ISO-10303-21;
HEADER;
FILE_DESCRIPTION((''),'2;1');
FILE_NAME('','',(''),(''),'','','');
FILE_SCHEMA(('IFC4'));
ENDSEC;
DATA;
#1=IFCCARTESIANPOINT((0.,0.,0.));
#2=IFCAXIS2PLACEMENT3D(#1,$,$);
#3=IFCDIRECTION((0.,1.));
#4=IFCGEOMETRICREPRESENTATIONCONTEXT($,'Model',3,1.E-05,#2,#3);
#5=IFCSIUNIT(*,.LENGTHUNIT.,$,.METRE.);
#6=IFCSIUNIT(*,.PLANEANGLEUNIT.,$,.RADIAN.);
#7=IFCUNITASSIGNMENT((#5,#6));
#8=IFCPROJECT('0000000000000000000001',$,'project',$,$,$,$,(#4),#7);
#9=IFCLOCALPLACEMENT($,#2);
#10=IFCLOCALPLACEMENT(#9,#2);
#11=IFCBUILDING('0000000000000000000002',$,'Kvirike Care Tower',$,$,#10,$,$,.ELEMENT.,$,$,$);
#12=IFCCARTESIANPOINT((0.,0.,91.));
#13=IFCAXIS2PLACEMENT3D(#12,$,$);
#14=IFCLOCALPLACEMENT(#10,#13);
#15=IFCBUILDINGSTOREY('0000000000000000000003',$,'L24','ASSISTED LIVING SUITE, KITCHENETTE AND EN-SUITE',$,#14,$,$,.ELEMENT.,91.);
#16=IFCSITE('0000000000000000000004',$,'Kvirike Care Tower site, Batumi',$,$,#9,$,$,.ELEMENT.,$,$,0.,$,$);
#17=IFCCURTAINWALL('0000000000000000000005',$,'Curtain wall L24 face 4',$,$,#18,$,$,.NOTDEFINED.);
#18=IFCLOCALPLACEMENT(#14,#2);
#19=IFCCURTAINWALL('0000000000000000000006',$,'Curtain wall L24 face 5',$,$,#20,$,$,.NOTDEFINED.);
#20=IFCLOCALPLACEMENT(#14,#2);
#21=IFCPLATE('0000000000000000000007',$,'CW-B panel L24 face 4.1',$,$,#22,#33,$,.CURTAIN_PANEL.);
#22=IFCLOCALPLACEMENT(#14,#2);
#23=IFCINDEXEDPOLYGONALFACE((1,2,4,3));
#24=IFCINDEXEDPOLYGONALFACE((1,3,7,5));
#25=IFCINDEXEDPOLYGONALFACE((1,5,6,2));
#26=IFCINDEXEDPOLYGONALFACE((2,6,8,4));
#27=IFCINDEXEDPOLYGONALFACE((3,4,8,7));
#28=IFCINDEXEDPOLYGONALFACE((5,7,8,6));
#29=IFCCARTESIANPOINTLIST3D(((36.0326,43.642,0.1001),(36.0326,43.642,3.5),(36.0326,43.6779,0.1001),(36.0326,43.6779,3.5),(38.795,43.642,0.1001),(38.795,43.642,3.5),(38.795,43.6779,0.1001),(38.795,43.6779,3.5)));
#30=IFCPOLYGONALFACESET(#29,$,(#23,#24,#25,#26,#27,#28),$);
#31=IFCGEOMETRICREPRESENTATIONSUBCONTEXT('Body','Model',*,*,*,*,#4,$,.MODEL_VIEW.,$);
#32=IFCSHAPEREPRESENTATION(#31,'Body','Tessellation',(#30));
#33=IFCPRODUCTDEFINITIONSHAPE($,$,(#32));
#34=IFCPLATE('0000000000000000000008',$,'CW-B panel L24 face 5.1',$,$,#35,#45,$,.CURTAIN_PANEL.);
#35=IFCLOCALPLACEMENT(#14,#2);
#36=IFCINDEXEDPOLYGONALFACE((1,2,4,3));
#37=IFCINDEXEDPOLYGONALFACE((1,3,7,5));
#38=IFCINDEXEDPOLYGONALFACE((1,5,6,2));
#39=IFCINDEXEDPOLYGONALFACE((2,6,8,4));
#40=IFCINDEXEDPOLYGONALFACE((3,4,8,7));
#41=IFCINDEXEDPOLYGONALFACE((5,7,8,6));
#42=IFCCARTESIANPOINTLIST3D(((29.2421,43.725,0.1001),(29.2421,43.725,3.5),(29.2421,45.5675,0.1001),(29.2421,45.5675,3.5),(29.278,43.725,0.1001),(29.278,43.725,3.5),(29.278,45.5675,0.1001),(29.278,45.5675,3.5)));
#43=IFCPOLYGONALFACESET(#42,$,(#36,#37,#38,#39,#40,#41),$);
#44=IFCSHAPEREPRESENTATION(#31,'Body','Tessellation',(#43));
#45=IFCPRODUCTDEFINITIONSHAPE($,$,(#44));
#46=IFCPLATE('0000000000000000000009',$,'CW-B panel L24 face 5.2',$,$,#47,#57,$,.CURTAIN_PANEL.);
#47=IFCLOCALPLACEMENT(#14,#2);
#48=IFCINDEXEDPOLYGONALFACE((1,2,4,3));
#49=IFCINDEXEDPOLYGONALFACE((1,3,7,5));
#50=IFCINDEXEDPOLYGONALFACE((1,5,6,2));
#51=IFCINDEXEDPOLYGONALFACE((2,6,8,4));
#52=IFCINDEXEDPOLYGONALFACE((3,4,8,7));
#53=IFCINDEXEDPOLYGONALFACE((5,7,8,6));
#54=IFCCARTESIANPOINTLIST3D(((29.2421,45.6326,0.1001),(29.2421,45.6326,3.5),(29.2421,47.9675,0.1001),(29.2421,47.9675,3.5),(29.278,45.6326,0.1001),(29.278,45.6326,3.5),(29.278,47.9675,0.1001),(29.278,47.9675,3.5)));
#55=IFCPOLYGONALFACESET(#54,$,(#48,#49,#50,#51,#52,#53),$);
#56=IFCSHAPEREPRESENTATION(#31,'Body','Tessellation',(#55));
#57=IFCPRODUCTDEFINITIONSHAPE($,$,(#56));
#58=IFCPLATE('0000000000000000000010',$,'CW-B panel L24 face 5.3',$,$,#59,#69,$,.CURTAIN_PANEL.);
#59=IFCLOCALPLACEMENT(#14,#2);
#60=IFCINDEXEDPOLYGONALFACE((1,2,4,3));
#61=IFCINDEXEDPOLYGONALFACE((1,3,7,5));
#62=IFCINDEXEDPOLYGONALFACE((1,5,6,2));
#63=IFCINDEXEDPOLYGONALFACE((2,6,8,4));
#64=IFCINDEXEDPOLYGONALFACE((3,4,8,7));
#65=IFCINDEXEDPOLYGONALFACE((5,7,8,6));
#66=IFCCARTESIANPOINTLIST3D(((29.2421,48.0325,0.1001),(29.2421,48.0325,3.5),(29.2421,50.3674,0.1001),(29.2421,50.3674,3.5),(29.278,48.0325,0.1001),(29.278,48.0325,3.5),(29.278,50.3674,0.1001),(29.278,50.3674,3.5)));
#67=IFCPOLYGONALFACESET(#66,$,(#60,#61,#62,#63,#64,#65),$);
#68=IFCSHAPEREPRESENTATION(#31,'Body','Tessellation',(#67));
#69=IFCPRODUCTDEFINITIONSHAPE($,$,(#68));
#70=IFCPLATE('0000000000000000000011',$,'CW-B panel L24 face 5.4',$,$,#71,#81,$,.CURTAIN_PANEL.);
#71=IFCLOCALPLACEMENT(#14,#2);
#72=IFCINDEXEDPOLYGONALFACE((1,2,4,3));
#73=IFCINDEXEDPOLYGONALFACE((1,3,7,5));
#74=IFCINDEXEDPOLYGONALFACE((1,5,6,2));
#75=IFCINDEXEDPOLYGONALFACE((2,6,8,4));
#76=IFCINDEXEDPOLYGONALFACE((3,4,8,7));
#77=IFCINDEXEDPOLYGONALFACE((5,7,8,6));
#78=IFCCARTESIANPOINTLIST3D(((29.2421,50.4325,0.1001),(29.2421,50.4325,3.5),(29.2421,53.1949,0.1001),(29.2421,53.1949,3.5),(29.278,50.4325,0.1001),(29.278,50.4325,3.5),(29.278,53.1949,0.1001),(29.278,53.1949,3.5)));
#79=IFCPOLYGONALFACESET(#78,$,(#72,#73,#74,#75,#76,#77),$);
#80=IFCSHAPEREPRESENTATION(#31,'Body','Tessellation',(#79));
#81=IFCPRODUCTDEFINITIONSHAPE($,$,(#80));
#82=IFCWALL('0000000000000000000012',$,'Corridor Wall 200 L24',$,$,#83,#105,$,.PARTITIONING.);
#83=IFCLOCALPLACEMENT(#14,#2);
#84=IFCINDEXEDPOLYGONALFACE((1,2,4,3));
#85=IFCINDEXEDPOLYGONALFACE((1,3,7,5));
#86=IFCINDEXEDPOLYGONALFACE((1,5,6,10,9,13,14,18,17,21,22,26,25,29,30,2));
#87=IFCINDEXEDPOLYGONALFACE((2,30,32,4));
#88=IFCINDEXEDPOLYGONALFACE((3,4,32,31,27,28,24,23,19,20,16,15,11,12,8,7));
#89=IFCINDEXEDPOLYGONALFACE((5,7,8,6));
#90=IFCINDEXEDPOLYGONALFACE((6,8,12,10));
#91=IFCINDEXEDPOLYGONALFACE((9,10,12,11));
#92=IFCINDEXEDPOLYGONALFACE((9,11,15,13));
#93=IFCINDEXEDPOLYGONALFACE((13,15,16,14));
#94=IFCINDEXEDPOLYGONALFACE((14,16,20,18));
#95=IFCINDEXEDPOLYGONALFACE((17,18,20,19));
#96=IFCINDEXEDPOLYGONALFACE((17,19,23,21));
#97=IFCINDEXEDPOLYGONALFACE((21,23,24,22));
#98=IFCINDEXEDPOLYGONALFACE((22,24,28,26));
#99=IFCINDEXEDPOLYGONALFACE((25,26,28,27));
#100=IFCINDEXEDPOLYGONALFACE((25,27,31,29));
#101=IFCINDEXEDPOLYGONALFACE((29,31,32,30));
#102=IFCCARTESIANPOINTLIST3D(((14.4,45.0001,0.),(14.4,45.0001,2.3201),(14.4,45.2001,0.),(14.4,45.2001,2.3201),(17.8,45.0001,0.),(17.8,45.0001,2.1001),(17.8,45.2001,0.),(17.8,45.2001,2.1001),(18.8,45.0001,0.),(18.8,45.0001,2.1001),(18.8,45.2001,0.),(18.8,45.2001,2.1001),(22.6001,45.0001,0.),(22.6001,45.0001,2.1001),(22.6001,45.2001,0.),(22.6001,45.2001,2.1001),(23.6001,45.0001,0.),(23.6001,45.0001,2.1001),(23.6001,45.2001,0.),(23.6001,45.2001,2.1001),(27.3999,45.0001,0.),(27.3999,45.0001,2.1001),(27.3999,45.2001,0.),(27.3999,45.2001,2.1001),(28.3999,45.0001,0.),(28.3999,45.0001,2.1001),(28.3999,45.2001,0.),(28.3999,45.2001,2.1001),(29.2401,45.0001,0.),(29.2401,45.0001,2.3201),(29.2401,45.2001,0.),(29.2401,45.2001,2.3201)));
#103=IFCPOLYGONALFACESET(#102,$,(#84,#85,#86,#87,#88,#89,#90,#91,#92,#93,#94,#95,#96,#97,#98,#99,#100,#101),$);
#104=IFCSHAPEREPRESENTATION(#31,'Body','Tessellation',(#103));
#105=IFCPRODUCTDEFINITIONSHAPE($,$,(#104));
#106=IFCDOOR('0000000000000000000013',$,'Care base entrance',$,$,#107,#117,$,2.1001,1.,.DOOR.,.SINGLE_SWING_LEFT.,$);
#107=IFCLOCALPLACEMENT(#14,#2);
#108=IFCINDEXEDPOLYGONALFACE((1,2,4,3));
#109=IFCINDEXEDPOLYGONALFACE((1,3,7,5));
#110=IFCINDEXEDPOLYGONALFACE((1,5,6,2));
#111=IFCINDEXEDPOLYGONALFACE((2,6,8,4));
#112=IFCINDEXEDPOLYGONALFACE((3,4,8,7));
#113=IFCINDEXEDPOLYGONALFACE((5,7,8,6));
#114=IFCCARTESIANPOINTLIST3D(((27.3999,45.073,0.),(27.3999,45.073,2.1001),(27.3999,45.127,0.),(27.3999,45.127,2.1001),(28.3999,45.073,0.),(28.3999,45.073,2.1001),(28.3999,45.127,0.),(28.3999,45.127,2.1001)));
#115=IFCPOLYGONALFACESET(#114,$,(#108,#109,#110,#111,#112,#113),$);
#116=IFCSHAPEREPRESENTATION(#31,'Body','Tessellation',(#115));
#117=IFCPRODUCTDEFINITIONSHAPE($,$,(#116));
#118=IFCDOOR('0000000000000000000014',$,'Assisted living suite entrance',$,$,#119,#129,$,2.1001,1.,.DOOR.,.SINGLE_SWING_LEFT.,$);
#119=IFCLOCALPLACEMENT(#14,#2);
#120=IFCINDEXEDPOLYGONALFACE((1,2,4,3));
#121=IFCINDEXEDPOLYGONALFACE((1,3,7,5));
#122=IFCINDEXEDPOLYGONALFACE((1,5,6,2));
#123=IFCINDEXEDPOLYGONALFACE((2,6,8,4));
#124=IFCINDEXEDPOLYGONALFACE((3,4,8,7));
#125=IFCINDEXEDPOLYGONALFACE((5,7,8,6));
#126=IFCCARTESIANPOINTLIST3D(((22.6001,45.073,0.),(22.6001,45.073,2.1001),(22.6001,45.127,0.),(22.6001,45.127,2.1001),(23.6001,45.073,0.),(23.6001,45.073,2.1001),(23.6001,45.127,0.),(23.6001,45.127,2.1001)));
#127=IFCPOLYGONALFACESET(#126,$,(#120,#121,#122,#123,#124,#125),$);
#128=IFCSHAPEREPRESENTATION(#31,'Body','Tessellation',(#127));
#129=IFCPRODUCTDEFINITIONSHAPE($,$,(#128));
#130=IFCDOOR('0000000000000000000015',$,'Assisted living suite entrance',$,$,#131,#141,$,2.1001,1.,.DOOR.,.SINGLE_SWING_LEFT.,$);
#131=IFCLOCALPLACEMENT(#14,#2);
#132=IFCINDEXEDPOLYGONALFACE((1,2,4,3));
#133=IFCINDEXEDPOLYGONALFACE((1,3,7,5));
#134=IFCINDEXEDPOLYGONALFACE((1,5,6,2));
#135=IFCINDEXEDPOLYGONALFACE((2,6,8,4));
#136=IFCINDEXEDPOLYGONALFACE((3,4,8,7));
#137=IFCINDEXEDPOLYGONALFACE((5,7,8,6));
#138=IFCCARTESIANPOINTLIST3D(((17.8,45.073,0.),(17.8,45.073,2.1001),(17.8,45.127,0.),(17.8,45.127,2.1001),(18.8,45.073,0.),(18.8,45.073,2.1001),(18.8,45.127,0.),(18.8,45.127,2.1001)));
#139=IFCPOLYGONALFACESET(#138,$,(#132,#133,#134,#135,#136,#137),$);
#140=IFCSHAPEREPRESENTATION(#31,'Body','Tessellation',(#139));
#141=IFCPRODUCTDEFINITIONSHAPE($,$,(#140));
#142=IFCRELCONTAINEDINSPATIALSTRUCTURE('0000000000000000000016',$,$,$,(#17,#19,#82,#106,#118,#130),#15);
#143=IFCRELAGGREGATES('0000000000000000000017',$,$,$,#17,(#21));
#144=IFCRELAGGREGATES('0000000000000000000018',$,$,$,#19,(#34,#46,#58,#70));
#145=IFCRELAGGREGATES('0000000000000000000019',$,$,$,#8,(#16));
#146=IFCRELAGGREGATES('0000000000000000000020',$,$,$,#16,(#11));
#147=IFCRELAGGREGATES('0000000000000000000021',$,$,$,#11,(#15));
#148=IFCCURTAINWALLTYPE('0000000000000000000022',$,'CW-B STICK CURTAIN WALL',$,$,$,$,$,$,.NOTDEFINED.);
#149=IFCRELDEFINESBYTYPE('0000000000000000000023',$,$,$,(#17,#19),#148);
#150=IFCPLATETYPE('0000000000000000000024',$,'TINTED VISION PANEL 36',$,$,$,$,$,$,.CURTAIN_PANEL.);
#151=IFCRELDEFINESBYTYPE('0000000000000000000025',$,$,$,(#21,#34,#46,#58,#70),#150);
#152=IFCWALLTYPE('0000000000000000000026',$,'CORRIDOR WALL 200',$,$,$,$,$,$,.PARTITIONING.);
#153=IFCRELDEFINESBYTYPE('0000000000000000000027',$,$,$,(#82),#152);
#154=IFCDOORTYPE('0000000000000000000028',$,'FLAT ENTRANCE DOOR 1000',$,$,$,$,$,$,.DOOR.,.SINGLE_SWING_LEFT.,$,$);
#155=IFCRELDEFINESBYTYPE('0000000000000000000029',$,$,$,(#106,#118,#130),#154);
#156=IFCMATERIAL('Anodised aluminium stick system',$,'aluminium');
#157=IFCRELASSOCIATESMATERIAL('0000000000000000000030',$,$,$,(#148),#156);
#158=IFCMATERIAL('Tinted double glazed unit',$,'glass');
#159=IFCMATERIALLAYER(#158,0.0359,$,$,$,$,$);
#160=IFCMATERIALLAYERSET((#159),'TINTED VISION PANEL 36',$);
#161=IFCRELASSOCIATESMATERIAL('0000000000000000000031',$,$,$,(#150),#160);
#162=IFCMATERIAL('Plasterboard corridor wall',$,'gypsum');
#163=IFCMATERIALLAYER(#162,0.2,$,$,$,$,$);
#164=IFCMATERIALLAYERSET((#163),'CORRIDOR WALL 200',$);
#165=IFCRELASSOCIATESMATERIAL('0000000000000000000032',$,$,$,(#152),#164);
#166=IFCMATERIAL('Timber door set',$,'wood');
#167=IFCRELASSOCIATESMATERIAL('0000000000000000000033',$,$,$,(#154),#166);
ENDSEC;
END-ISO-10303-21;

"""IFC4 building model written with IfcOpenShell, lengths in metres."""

from ifc_helpers import new_model, si_unit, direction, frame, frame_2d, origin, origin_2d, place, context, subcontext, project, spatial, rectangle, extrude, material, layer, layer_set, type_object, element, fill, aggregate, save


model = new_model("IFC4")

# Units and contexts
model_context = context("Model", 3, precision=1e-05, world=origin(), true_north=direction((0.0, 1.0)))
body_context = subcontext(model_context, "Body", "Model", "MODEL_VIEW")
ifc_project = project(units=[si_unit("LENGTHUNIT", "METRE"), si_unit("PLANEANGLEUNIT", "RADIAN")], contexts=[model_context])

# Site, building, storey
site_placement = place(None, origin())
site = spatial("IfcSite", under=ifc_project, at=site_placement, Name="Kvirike Care Tower site, Batumi", CompositionType="ELEMENT", RefElevation=0.0)
building_placement = place(site_placement, origin())
building = spatial("IfcBuilding", under=site, at=building_placement, Name="Kvirike Care Tower", CompositionType="ELEMENT")
storey_placement = place(building_placement, frame((0.0, 0.0, 91.0)))
storey = spatial("IfcBuildingStorey", under=building, at=storey_placement, Name="L24", Description="ASSISTED LIVING SUITE, KITCHENETTE AND EN-SUITE", CompositionType="ELEMENT", Elevation=91.0)

# Curtain walls
ifc_material_1 = material(Name="Anodised aluminium stick system", Category="aluminium")
curtain_wall_type = type_object("IfcCurtainWallType", Name="CW-B STICK CURTAIN WALL", PredefinedType="NOTDEFINED", material=ifc_material_1)
curtain_wall_1_placement = place(storey_placement, origin())
curtain_wall_1 = element("IfcCurtainWall", 1, at=curtain_wall_1_placement, inside=storey, type_object=curtain_wall_type, Name="Curtain wall L24 face 4", PredefinedType="NOTDEFINED")
curtain_wall_2_placement = place(storey_placement, origin())
curtain_wall_2 = element("IfcCurtainWall", 2, at=curtain_wall_2_placement, inside=storey, type_object=curtain_wall_type, Name="Curtain wall L24 face 5", PredefinedType="NOTDEFINED")

# Plates
ifc_material_2 = material(Name="Tinted double glazed unit", Category="glass")
ifc_layer_1 = layer(ifc_material_2, 0.0359)
ifc_layer_set_1 = layer_set([ifc_layer_1], Name="TINTED VISION PANEL 36")
plate_type = type_object("IfcPlateType", Name="TINTED VISION PANEL 36", PredefinedType="CURTAIN_PANEL", material=ifc_layer_set_1)
plate_1_placement = place(storey_placement, frame((37.4138, 43.6599, 0.1001), z_axis=(0.0, 0.0, 1.0), x_axis=(-1.0, 0.0, 0.0)))
plate_1 = element("IfcPlate", 3, at=plate_1_placement, type_object=plate_type, Name="CW-B panel L24 face 4.1", PredefinedType="CURTAIN_PANEL", context=body_context, shape_type="SweptSolid", body=[
    extrude(rectangle(XDim=2.7625, YDim=0.0359, at=origin_2d()), origin(), (0.0, 0.0, 1.0), 3.3999),
])
aggregate(curtain_wall_1, [plate_1])
plate_2_placement = place(storey_placement, frame((29.26, 44.6462, 0.1001), z_axis=(0.0, 0.0, 1.0), x_axis=(0.0, 1.0, 0.0)))
plate_2 = element("IfcPlate", 4, at=plate_2_placement, type_object=plate_type, Name="CW-B panel L24 face 5.1", PredefinedType="CURTAIN_PANEL", context=body_context, shape_type="SweptSolid", body=[
    extrude(rectangle(XDim=1.8425, YDim=0.0359, at=origin_2d()), origin(), (0.0, 0.0, 1.0), 3.3999),
])
plate_3_placement = place(storey_placement, frame((29.26, 46.8, 0.1001), z_axis=(0.0, 0.0, 1.0), x_axis=(0.0, 1.0, 0.0)))
plate_3 = element("IfcPlate", 5, at=plate_3_placement, type_object=plate_type, Name="CW-B panel L24 face 5.2", PredefinedType="CURTAIN_PANEL", context=body_context, shape_type="SweptSolid", body=[
    extrude(rectangle(XDim=2.335, YDim=0.0359, at=origin_2d()), origin(), (0.0, 0.0, 1.0), 3.3999),
])
plate_4_placement = place(storey_placement, frame((29.26, 49.2, 0.1001), z_axis=(0.0, 0.0, 1.0), x_axis=(0.0, 1.0, 0.0)))
plate_4 = element("IfcPlate", 6, at=plate_4_placement, type_object=plate_type, Name="CW-B panel L24 face 5.3", PredefinedType="CURTAIN_PANEL", context=body_context, shape_type="SweptSolid", body=[
    extrude(rectangle(XDim=2.335, YDim=0.0359, at=origin_2d()), origin(), (0.0, 0.0, 1.0), 3.3999),
])
plate_5_placement = place(storey_placement, frame((29.26, 51.8137, 0.1001), z_axis=(0.0, 0.0, 1.0), x_axis=(0.0, 1.0, 0.0)))
plate_5 = element("IfcPlate", 7, at=plate_5_placement, type_object=plate_type, Name="CW-B panel L24 face 5.4", PredefinedType="CURTAIN_PANEL", context=body_context, shape_type="SweptSolid", body=[
    extrude(rectangle(XDim=2.7625, YDim=0.0359, at=origin_2d()), origin(), (0.0, 0.0, 1.0), 3.3999),
])
aggregate(curtain_wall_2, [plate_2, plate_3, plate_4, plate_5])

# Wall, openings, doors
ifc_material_3 = material(Name="Plasterboard corridor wall", Category="gypsum")
ifc_layer_2 = layer(ifc_material_3, 0.2)
ifc_layer_set_2 = layer_set([ifc_layer_2], Name="CORRIDOR WALL 200")
wall_type = type_object("IfcWallType", Name="CORRIDOR WALL 200", PredefinedType="PARTITIONING", material=ifc_layer_set_2)
wall_placement = place(storey_placement, frame((29.24, 45.1001, 0.0), z_axis=(0.0, 0.0, 1.0), x_axis=(-1.0, 0.0, 0.0)))
wall = element("IfcWall", 8, at=wall_placement, inside=storey, type_object=wall_type, Name="Corridor Wall 200 L24", PredefinedType="PARTITIONING", context=body_context, shape_type="SweptSolid", body=[
    extrude(rectangle(XDim=14.8401, YDim=0.2, at=frame_2d((7.4199, 0.0))), origin(), (0.0, 0.0, 1.0), 2.3201),
])
opening_1_placement = place(wall_placement, frame((0.8401, 0.0, 0.0)))
opening_1 = element("IfcOpeningElement", 9, at=opening_1_placement, cuts=wall, PredefinedType="OPENING", context=body_context, shape_type="SweptSolid", body=[
    extrude(rectangle(XDim=1.0, YDim=2.1001, at=frame_2d((0.5, 1.05))), frame((0.0, 0.1106, 0.0), z_axis=(0.0, -1.0, 0.0), x_axis=(1.0, 0.0, 0.0)), (0.0, 0.0, 1.0), 0.2209),
])
opening_2_placement = place(wall_placement, frame((5.6399, 0.0, 0.0)))
opening_2 = element("IfcOpeningElement", 10, at=opening_2_placement, cuts=wall, PredefinedType="OPENING", context=body_context, shape_type="SweptSolid", body=[
    extrude(rectangle(XDim=1.0, YDim=2.1001, at=frame_2d((0.5, 1.05))), frame((0.0, 0.1106, 0.0), z_axis=(0.0, -1.0, 0.0), x_axis=(1.0, 0.0, 0.0)), (0.0, 0.0, 1.0), 0.2209),
])
opening_3_placement = place(wall_placement, frame((10.4399, 0.0, 0.0)))
opening_3 = element("IfcOpeningElement", 11, at=opening_3_placement, cuts=wall, PredefinedType="OPENING", context=body_context, shape_type="SweptSolid", body=[
    extrude(rectangle(XDim=1.0, YDim=2.1001, at=frame_2d((0.5, 1.05))), frame((0.0, 0.1106, 0.0), z_axis=(0.0, -1.0, 0.0), x_axis=(1.0, 0.0, 0.0)), (0.0, 0.0, 1.0), 0.2209),
])
ifc_material_4 = material(Name="Timber door set", Category="wood")
door_type = type_object("IfcDoorType", Name="FLAT ENTRANCE DOOR 1000", OperationType="SINGLE_SWING_LEFT", PredefinedType="DOOR", material=ifc_material_4)
door_1_placement = place(opening_1_placement, frame((1.0, 0.0, 0.0), z_axis=(0.0, 0.0, 1.0), x_axis=(-1.0, 0.0, 0.0)))
door_1 = element("IfcDoor", 12, at=door_1_placement, inside=storey, type_object=door_type, Name="Care base entrance", OperationType="SINGLE_SWING_LEFT", OverallHeight=2.1001, OverallWidth=1.0, PredefinedType="DOOR", context=body_context, shape_type="SweptSolid", body=[
    extrude(rectangle(XDim=1.0, YDim=2.1001, at=frame_2d((0.5, 1.05))), frame((0.0, 0.0269, 0.0), z_axis=(0.0, -1.0, 0.0), x_axis=(1.0, 0.0, 0.0)), (0.0, 0.0, 1.0), 0.054),
])
fill(opening_1, door_1)
door_2_placement = place(opening_2_placement, frame((1.0, 0.0, 0.0), z_axis=(0.0, 0.0, 1.0), x_axis=(-1.0, 0.0, 0.0)))
door_2 = element("IfcDoor", 13, at=door_2_placement, inside=storey, type_object=door_type, Name="Assisted living suite entrance", OperationType="SINGLE_SWING_LEFT", OverallHeight=2.1001, OverallWidth=1.0, PredefinedType="DOOR", context=body_context, shape_type="SweptSolid", body=[
    extrude(rectangle(XDim=1.0, YDim=2.1001, at=frame_2d((0.5, 1.05))), frame((0.0, 0.0269, 0.0), z_axis=(0.0, -1.0, 0.0), x_axis=(1.0, 0.0, 0.0)), (0.0, 0.0, 1.0), 0.054),
])
fill(opening_2, door_2)
door_3_placement = place(opening_3_placement, frame((1.0, 0.0, 0.0), z_axis=(0.0, 0.0, 1.0), x_axis=(-1.0, 0.0, 0.0)))
door_3 = element("IfcDoor", 14, at=door_3_placement, inside=storey, type_object=door_type, Name="Assisted living suite entrance", OperationType="SINGLE_SWING_LEFT", OverallHeight=2.1001, OverallWidth=1.0, PredefinedType="DOOR", context=body_context, shape_type="SweptSolid", body=[
    extrude(rectangle(XDim=1.0, YDim=2.1001, at=frame_2d((0.5, 1.05))), frame((0.0, 0.0269, 0.0), z_axis=(0.0, -1.0, 0.0), x_axis=(1.0, 0.0, 0.0)), (0.0, 0.0, 1.0), 0.054),
])
fill(opening_3, door_3)

save(model, "model.ifc")
